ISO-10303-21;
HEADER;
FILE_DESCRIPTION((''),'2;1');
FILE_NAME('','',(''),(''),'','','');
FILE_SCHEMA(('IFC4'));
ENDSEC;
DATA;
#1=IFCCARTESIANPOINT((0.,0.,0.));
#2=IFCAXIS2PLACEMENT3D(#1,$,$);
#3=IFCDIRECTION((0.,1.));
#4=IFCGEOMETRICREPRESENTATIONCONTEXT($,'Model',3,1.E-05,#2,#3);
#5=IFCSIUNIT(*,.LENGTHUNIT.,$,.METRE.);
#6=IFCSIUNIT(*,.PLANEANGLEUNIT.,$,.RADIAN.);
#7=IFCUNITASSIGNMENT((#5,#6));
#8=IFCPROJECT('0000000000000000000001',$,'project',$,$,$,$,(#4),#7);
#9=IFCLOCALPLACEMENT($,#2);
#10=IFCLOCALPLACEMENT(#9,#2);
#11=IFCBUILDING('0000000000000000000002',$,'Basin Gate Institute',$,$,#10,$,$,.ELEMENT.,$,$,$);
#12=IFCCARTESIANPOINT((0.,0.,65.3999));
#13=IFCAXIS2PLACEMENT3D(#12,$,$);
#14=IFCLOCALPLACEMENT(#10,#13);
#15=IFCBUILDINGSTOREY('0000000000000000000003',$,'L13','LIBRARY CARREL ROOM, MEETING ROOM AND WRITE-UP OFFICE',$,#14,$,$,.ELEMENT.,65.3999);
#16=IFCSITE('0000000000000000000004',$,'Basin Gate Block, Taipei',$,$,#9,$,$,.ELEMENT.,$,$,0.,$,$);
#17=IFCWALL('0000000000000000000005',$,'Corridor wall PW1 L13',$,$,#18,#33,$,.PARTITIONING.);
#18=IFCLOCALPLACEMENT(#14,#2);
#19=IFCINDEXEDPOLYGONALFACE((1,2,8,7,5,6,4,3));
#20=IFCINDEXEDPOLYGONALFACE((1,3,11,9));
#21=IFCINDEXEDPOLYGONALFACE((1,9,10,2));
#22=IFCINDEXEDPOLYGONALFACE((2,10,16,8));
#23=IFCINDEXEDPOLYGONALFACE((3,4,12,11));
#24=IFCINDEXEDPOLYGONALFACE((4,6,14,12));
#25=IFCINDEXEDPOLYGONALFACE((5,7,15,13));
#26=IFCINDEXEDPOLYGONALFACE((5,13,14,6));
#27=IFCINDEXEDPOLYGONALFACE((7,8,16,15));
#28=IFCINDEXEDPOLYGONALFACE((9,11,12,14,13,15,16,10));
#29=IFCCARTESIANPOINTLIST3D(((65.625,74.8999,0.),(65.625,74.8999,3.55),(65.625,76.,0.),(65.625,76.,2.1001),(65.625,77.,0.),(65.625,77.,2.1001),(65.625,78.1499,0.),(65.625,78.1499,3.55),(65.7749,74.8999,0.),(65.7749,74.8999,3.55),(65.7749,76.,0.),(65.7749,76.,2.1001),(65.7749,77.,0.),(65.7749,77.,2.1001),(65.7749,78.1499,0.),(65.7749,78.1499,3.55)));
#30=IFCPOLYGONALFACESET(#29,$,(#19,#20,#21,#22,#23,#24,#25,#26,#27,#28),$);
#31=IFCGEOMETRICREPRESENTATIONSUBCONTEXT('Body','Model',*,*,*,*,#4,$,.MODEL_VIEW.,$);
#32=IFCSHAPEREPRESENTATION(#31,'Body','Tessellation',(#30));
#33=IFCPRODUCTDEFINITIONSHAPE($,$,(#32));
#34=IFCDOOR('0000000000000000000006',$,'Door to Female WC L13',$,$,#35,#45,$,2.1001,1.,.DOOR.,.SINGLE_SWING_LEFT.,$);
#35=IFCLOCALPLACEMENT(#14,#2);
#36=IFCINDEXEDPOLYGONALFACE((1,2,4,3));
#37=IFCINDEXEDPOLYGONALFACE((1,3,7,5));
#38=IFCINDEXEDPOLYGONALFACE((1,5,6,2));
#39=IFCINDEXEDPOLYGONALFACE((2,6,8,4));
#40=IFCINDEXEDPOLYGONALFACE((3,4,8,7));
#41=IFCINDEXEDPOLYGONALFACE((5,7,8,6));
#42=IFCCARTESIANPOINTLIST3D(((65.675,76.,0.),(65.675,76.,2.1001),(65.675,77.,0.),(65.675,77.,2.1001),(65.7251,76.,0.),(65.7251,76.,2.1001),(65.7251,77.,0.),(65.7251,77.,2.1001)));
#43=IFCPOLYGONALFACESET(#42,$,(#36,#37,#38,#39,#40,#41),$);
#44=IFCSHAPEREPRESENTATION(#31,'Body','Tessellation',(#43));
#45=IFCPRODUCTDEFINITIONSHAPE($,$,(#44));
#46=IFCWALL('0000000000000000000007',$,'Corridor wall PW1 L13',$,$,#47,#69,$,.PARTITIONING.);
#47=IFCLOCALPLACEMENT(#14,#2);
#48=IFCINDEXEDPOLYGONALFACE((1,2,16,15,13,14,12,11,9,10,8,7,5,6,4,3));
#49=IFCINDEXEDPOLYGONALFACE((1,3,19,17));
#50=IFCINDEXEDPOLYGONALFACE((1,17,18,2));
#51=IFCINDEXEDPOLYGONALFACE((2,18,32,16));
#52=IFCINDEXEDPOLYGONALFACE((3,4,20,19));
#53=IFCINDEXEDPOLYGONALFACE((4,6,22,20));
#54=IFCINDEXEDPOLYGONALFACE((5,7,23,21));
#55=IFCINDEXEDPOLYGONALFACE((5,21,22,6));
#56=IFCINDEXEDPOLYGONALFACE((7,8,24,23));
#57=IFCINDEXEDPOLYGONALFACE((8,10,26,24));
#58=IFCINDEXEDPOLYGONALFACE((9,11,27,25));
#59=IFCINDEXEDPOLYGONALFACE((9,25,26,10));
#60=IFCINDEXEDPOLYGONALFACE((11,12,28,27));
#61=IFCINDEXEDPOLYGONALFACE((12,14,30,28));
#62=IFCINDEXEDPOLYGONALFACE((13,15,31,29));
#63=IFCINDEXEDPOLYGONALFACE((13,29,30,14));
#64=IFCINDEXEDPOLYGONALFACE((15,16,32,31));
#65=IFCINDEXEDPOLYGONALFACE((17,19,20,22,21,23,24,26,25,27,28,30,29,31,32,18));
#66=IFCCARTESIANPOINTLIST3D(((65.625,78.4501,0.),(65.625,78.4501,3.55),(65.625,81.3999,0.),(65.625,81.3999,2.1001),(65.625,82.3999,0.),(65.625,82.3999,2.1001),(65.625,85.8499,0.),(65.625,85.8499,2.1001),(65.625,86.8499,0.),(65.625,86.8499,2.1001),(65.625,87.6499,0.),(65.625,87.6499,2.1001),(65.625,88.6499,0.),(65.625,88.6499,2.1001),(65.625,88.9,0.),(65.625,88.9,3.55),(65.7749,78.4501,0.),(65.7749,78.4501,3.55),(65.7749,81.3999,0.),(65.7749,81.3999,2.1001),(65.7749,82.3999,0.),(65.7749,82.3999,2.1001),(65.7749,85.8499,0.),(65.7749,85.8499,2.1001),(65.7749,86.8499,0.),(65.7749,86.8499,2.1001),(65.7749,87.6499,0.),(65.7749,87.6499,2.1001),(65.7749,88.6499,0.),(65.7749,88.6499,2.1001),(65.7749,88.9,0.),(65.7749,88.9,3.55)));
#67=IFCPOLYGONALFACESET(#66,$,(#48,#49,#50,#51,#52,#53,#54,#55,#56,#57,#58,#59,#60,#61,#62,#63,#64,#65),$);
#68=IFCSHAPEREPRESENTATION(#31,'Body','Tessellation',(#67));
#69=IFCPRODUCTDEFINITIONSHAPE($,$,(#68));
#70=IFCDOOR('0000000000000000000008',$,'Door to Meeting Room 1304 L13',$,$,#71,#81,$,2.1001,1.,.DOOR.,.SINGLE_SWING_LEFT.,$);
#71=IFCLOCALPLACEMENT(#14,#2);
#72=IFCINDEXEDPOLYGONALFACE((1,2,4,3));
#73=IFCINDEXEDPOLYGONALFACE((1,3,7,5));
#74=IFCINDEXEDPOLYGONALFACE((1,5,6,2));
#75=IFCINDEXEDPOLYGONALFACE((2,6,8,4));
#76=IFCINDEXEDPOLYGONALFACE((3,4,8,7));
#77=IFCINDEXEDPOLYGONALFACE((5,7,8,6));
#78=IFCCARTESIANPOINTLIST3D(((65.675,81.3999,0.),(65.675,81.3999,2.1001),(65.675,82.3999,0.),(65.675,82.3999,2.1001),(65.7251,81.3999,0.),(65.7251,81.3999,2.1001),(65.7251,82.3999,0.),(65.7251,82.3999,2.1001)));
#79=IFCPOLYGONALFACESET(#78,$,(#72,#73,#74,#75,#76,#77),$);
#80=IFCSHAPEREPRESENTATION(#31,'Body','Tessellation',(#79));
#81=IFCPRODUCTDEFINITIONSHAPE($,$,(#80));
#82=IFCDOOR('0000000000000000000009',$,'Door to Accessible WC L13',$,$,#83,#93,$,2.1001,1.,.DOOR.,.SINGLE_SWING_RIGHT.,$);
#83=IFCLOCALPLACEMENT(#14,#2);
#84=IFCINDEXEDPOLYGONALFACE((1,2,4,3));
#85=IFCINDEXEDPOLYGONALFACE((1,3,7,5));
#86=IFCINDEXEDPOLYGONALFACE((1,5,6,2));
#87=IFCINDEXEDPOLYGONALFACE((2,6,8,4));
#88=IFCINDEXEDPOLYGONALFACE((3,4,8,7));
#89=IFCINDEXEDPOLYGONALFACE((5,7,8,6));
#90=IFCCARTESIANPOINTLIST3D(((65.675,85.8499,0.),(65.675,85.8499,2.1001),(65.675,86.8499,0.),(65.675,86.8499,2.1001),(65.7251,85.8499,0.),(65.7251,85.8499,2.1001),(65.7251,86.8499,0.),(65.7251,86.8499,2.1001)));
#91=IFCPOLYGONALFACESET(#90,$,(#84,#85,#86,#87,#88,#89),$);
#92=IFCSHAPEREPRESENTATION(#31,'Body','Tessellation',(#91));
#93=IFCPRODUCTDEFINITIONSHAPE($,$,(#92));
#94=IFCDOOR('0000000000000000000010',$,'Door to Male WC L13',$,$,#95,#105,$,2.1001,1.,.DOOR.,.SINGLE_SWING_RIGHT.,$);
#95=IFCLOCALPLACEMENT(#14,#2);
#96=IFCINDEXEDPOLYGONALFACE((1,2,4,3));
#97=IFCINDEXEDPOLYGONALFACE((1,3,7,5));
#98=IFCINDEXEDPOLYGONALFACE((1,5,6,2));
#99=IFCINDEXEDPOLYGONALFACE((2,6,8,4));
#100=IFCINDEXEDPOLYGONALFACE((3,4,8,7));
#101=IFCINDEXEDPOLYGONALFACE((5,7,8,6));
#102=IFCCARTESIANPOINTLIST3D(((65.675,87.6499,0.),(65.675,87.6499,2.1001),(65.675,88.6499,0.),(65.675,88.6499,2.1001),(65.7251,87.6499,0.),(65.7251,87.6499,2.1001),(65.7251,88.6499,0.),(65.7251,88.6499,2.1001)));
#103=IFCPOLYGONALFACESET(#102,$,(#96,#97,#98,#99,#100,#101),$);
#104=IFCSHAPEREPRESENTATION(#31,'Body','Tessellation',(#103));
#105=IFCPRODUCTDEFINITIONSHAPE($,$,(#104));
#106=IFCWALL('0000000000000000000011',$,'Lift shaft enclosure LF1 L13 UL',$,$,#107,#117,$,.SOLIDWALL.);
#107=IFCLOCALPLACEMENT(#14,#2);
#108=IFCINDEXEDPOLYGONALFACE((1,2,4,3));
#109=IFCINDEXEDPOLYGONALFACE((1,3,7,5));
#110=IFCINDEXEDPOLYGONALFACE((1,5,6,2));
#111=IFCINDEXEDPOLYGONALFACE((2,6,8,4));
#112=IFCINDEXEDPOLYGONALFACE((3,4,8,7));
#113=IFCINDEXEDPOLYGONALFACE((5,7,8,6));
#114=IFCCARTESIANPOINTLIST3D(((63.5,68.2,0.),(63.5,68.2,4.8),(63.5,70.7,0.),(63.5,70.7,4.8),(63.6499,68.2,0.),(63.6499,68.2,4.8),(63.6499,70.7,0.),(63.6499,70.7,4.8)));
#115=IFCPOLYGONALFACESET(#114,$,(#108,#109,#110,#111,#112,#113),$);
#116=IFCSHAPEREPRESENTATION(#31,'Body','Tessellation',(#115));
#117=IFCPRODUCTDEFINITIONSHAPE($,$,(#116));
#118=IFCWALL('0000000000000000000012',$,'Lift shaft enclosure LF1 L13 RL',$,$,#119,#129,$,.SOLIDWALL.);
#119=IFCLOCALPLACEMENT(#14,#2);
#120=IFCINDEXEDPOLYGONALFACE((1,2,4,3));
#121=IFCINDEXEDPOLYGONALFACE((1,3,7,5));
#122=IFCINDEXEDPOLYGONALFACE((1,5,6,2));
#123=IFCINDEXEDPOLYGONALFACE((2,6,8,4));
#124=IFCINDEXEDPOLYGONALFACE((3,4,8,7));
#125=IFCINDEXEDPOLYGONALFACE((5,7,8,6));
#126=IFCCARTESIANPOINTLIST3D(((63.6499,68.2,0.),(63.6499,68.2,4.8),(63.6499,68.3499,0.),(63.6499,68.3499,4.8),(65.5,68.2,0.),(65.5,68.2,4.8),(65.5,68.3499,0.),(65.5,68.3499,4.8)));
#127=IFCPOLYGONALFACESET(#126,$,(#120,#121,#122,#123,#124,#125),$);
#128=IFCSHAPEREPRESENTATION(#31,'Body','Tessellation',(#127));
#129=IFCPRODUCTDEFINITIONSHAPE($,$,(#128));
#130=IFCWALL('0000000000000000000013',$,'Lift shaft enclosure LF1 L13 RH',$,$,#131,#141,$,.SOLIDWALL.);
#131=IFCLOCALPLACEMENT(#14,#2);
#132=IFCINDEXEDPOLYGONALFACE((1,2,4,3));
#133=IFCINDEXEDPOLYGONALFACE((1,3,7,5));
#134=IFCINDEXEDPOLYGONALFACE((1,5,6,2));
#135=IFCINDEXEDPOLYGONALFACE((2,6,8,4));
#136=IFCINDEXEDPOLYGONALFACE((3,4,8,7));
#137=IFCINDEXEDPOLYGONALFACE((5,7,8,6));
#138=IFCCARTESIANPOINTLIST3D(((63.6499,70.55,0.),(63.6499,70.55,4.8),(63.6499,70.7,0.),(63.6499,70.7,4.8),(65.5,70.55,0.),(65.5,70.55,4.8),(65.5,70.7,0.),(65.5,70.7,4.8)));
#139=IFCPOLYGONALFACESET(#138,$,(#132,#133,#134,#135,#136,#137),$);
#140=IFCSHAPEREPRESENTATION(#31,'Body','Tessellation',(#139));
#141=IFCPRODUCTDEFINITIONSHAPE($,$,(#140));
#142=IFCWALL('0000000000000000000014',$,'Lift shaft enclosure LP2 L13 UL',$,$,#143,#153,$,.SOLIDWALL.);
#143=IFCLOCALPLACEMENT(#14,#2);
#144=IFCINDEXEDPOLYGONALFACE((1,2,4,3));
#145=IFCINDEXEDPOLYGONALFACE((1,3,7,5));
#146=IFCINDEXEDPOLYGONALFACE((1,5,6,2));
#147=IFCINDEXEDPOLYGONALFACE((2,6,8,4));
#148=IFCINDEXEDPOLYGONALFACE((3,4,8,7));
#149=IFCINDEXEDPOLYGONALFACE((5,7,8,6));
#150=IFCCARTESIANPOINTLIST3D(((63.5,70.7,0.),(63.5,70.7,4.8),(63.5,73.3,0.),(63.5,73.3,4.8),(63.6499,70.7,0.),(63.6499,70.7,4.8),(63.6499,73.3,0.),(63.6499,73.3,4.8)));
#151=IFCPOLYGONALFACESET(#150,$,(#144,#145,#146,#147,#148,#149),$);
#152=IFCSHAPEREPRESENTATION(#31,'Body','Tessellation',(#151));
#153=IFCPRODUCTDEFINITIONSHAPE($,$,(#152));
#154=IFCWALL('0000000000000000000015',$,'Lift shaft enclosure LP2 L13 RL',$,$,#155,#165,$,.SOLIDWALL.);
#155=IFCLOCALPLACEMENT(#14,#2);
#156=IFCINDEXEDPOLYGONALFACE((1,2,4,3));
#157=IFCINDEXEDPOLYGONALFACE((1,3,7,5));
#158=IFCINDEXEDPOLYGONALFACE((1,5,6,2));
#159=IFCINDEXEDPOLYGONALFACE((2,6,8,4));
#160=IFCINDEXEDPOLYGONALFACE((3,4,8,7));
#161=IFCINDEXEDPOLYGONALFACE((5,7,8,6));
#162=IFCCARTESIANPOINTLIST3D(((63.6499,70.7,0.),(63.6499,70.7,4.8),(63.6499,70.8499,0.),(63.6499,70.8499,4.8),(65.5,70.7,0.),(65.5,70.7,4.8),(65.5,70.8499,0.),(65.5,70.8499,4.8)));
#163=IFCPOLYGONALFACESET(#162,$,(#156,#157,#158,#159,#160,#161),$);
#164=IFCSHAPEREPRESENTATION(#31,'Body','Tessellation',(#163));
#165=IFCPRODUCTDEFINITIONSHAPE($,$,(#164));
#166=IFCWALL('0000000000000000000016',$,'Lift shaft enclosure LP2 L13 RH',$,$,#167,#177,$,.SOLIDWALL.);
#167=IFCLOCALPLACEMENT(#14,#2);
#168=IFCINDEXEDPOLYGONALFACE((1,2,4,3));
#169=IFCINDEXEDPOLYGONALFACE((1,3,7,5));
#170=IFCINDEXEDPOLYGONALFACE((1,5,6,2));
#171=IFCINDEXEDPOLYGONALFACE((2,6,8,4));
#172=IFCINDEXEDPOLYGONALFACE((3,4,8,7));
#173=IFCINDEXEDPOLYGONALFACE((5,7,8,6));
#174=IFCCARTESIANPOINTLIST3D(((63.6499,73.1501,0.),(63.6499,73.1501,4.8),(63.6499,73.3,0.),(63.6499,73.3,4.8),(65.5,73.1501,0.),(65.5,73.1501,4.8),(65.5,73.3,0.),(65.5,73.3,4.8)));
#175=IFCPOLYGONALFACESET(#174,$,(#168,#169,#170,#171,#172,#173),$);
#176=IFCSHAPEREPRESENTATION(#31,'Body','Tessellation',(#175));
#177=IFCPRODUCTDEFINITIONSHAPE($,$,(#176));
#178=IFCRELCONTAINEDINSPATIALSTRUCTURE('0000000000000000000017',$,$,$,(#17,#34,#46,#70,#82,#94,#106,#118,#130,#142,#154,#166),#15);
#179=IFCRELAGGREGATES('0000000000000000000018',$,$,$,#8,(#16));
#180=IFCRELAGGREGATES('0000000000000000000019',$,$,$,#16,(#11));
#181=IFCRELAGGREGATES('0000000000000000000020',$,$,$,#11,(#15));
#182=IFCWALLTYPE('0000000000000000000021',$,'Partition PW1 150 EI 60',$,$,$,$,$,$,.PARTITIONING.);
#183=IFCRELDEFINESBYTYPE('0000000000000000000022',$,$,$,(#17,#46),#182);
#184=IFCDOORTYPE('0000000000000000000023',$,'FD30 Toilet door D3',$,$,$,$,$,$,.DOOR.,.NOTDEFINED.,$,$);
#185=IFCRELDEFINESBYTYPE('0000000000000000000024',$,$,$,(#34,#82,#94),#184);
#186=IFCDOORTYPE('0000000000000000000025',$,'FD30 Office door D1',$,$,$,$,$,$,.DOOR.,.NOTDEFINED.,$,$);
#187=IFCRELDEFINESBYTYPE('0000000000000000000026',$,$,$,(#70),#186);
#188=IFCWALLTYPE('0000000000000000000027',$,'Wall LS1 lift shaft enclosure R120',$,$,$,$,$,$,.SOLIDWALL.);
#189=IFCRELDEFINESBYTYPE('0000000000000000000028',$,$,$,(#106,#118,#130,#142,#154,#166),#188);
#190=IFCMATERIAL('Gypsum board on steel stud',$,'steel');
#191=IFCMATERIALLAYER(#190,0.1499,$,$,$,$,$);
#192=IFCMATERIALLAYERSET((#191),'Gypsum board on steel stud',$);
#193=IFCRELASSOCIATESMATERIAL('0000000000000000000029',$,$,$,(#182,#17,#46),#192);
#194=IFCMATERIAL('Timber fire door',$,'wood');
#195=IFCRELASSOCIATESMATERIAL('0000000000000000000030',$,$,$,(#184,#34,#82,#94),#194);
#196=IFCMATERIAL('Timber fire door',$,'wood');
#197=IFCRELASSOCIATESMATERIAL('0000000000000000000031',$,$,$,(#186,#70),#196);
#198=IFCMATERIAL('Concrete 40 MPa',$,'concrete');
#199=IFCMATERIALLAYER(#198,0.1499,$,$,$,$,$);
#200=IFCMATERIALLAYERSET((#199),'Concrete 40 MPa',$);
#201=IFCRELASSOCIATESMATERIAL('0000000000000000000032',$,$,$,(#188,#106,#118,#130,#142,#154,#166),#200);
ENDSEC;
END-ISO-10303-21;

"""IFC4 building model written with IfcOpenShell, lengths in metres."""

from ifc_helpers import new_model, si_unit, direction, frame, frame_2d, origin, place, context, subcontext, project, spatial, rectangle, extrude, material, layer, layer_set, type_object, element, fill, save


model = new_model("IFC4")

# Units and contexts
model_context = context("Model", 3, precision=1e-05, world=origin(), true_north=direction((0.0, 1.0)))
body_context = subcontext(model_context, "Body", "Model", "MODEL_VIEW")
ifc_project = project(units=[si_unit("LENGTHUNIT", "METRE"), si_unit("PLANEANGLEUNIT", "RADIAN")], contexts=[model_context])

# Site, building, storey
site_placement = place(None, origin())
site = spatial("IfcSite", under=ifc_project, at=site_placement, Name="Basin Gate Block, Taipei", CompositionType="ELEMENT", RefElevation=0.0)
building_placement = place(site_placement, origin())
building = spatial("IfcBuilding", under=site, at=building_placement, Name="Basin Gate Institute", CompositionType="ELEMENT")
storey_placement = place(building_placement, frame((0.0, 0.0, 65.3999)))
storey = spatial("IfcBuildingStorey", under=building, at=storey_placement, Name="L13", Description="LIBRARY CARREL ROOM, MEETING ROOM AND WRITE-UP OFFICE", CompositionType="ELEMENT", Elevation=65.3999)

# Wall, opening, door
ifc_material_1 = material(Name="Gypsum board on steel stud", Category="steel")
ifc_layer_1 = layer(ifc_material_1, 0.1499)
ifc_layer_set_1 = layer_set([ifc_layer_1], Name="Gypsum board on steel stud")
wall_type_1 = type_object("IfcWallType", Name="Partition PW1 150 EI 60", PredefinedType="PARTITIONING", material=ifc_layer_set_1)
wall_1_placement = place(storey_placement, frame((65.7, 74.8999, 0.0), z_axis=(0.0, 0.0, 1.0), x_axis=(0.0, 1.0, 0.0)))
wall_1 = element("IfcWall", 1, at=wall_1_placement, inside=storey, type_object=wall_type_1, material=ifc_layer_set_1, Name="Corridor wall PW1 L13", PredefinedType="PARTITIONING", context=body_context, shape_type="SweptSolid", body=[
    extrude(rectangle(XDim=3.25, YDim=0.1499, at=frame_2d((1.625, 0.0))), origin(), (0.0, 0.0, 1.0), 3.55),
])
opening_1_placement = place(wall_1_placement, frame((1.1001, 0.0, 0.0)))
opening_1 = element("IfcOpeningElement", 2, at=opening_1_placement, cuts=wall_1, PredefinedType="OPENING", context=body_context, shape_type="SweptSolid", body=[
    extrude(rectangle(XDim=1.0, YDim=2.1001, at=frame_2d((0.5, 1.05))), frame((0.0, 0.085, 0.0), z_axis=(0.0, -1.0, 0.0), x_axis=(1.0, 0.0, 0.0)), (0.0, 0.0, 1.0), 0.1699),
])
ifc_material_2 = material(Name="Timber fire door", Category="wood")
door_type_1 = type_object("IfcDoorType", Name="FD30 Toilet door D3", OperationType="NOTDEFINED", PredefinedType="DOOR", material=ifc_material_2)
door_1_placement = place(opening_1_placement, origin())
door_1 = element("IfcDoor", 3, at=door_1_placement, inside=storey, type_object=door_type_1, material=ifc_material_2, Name="Door to Female WC L13", OperationType="SINGLE_SWING_LEFT", OverallHeight=2.1001, OverallWidth=1.0, PredefinedType="DOOR", context=body_context, shape_type="SweptSolid", body=[
    extrude(rectangle(XDim=1.0, YDim=2.1001, at=frame_2d((0.5, 1.05))), frame((0.0, 0.0249, 0.0), z_axis=(0.0, -1.0, 0.0), x_axis=(1.0, 0.0, 0.0)), (0.0, 0.0, 1.0), 0.05),
])
fill(opening_1, door_1)

# Wall, openings, doors
wall_2_placement = place(storey_placement, frame((65.7, 78.45, 0.0), z_axis=(0.0, 0.0, 1.0), x_axis=(0.0, 1.0, 0.0)))
wall_2 = element("IfcWall", 4, at=wall_2_placement, inside=storey, type_object=wall_type_1, material=ifc_layer_set_1, Name="Corridor wall PW1 L13", PredefinedType="PARTITIONING", context=body_context, shape_type="SweptSolid", body=[
    extrude(rectangle(XDim=10.45, YDim=0.1499, at=frame_2d((5.2251, 0.0))), origin(), (0.0, 0.0, 1.0), 3.55),
])
opening_2_placement = place(wall_2_placement, frame((7.3999, 0.0, 0.0)))
opening_2 = element("IfcOpeningElement", 5, at=opening_2_placement, cuts=wall_2, PredefinedType="OPENING", context=body_context, shape_type="SweptSolid", body=[
    extrude(rectangle(XDim=1.0, YDim=2.1001, at=frame_2d((0.5, 1.05))), frame((0.0, 0.085, 0.0), z_axis=(0.0, -1.0, 0.0), x_axis=(1.0, 0.0, 0.0)), (0.0, 0.0, 1.0), 0.1699),
])
opening_3_placement = place(wall_2_placement, frame((9.2, 0.0, 0.0)))
opening_3 = element("IfcOpeningElement", 6, at=opening_3_placement, cuts=wall_2, PredefinedType="OPENING", context=body_context, shape_type="SweptSolid", body=[
    extrude(rectangle(XDim=1.0, YDim=2.1001, at=frame_2d((0.5, 1.05))), frame((0.0, 0.085, 0.0), z_axis=(0.0, -1.0, 0.0), x_axis=(1.0, 0.0, 0.0)), (0.0, 0.0, 1.0), 0.1699),
])
opening_4_placement = place(wall_2_placement, frame((2.95, 0.0, 0.0)))
opening_4 = element("IfcOpeningElement", 7, at=opening_4_placement, cuts=wall_2, PredefinedType="OPENING", context=body_context, shape_type="SweptSolid", body=[
    extrude(rectangle(XDim=1.0, YDim=2.1001, at=frame_2d((0.5, 1.05))), frame((0.0, 0.085, 0.0), z_axis=(0.0, -1.0, 0.0), x_axis=(1.0, 0.0, 0.0)), (0.0, 0.0, 1.0), 0.1699),
])
ifc_material_3 = material(Name="Timber fire door", Category="wood")
door_type_2 = type_object("IfcDoorType", Name="FD30 Office door D1", OperationType="NOTDEFINED", PredefinedType="DOOR", material=ifc_material_3)
door_2_placement = place(opening_4_placement, origin())
door_2 = element("IfcDoor", 8, at=door_2_placement, inside=storey, type_object=door_type_2, material=ifc_material_3, Name="Door to Meeting Room 1304 L13", OperationType="SINGLE_SWING_LEFT", OverallHeight=2.1001, OverallWidth=1.0, PredefinedType="DOOR", context=body_context, shape_type="SweptSolid", body=[
    extrude(rectangle(XDim=1.0, YDim=2.1001, at=frame_2d((0.5, 1.05))), frame((0.0, 0.0249, 0.0), z_axis=(0.0, -1.0, 0.0), x_axis=(1.0, 0.0, 0.0)), (0.0, 0.0, 1.0), 0.05),
])
fill(opening_4, door_2)
door_3_placement = place(opening_2_placement, origin())
door_3 = element("IfcDoor", 9, at=door_3_placement, inside=storey, type_object=door_type_1, material=ifc_material_2, Name="Door to Accessible WC L13", OperationType="SINGLE_SWING_RIGHT", OverallHeight=2.1001, OverallWidth=1.0, PredefinedType="DOOR", context=body_context, shape_type="SweptSolid", body=[
    extrude(rectangle(XDim=1.0, YDim=2.1001, at=frame_2d((0.5, 1.05))), frame((0.0, 0.0249, 0.0), z_axis=(0.0, -1.0, 0.0), x_axis=(1.0, 0.0, 0.0)), (0.0, 0.0, 1.0), 0.05),
])
fill(opening_2, door_3)
door_4_placement = place(opening_3_placement, origin())
door_4 = element("IfcDoor", 10, at=door_4_placement, inside=storey, type_object=door_type_1, material=ifc_material_2, Name="Door to Male WC L13", OperationType="SINGLE_SWING_RIGHT", OverallHeight=2.1001, OverallWidth=1.0, PredefinedType="DOOR", context=body_context, shape_type="SweptSolid", body=[
    extrude(rectangle(XDim=1.0, YDim=2.1001, at=frame_2d((0.5, 1.05))), frame((0.0, 0.0249, 0.0), z_axis=(0.0, -1.0, 0.0), x_axis=(1.0, 0.0, 0.0)), (0.0, 0.0, 1.0), 0.05),
])
fill(opening_3, door_4)

# Walls
ifc_material_4 = material(Name="Concrete 40 MPa", Category="concrete")
ifc_layer_2 = layer(ifc_material_4, 0.1499)
ifc_layer_set_2 = layer_set([ifc_layer_2], Name="Concrete 40 MPa")
wall_type_2 = type_object("IfcWallType", Name="Wall LS1 lift shaft enclosure R120", PredefinedType="SOLIDWALL", material=ifc_layer_set_2)
wall_3_placement = place(storey_placement, frame((63.575, 68.2, 0.0), z_axis=(0.0, 0.0, 1.0), x_axis=(0.0, 1.0, 0.0)))
element("IfcWall", 11, at=wall_3_placement, inside=storey, type_object=wall_type_2, material=ifc_layer_set_2, Name="Lift shaft enclosure LF1 L13 UL", PredefinedType="SOLIDWALL", context=body_context, shape_type="SweptSolid", body=[
    extrude(rectangle(XDim=2.5, YDim=0.1499, at=frame_2d((1.25, 0.0))), origin(), (0.0, 0.0, 1.0), 4.8),
])
for number, where, z_axis, x_axis, name in (
    (12, (63.6499, 68.2749, 0.0), (0.0, 0.0, 1.0), (1.0, 0.0, 0.0), "Lift shaft enclosure LF1 L13 RL"),
    (13, (63.6499, 70.625, 0.0), (0.0, 0.0, 1.0), (1.0, 0.0, 0.0), "Lift shaft enclosure LF1 L13 RH"),
):
    element("IfcWall", number, at=place(storey_placement, frame(where, z_axis=z_axis, x_axis=x_axis)), inside=storey, type_object=wall_type_2, material=ifc_layer_set_2, Name=name, PredefinedType="SOLIDWALL", context=body_context, shape_type="SweptSolid", body=[
        extrude(rectangle(XDim=1.8501, YDim=0.1499, at=frame_2d((0.925, 0.0))), origin(), (0.0, 0.0, 1.0), 4.8),
    ])
wall_4_placement = place(storey_placement, frame((63.575, 70.7, 0.0), z_axis=(0.0, 0.0, 1.0), x_axis=(0.0, 1.0, 0.0)))
element("IfcWall", 14, at=wall_4_placement, inside=storey, type_object=wall_type_2, material=ifc_layer_set_2, Name="Lift shaft enclosure LP2 L13 UL", PredefinedType="SOLIDWALL", context=body_context, shape_type="SweptSolid", body=[
    extrude(rectangle(XDim=2.6001, YDim=0.1499, at=frame_2d((1.3, 0.0))), origin(), (0.0, 0.0, 1.0), 4.8),
])
for number, where, z_axis, x_axis, name in (
    (15, (63.6499, 70.7749, 0.0), (0.0, 0.0, 1.0), (1.0, 0.0, 0.0), "Lift shaft enclosure LP2 L13 RL"),
    (16, (63.6499, 73.2251, 0.0), (0.0, 0.0, 1.0), (1.0, 0.0, 0.0), "Lift shaft enclosure LP2 L13 RH"),
):
    element("IfcWall", number, at=place(storey_placement, frame(where, z_axis=z_axis, x_axis=x_axis)), inside=storey, type_object=wall_type_2, material=ifc_layer_set_2, Name=name, PredefinedType="SOLIDWALL", context=body_context, shape_type="SweptSolid", body=[
        extrude(rectangle(XDim=1.8501, YDim=0.1499, at=frame_2d((0.925, 0.0))), origin(), (0.0, 0.0, 1.0), 4.8),
    ])

save(model, "model.ifc")
